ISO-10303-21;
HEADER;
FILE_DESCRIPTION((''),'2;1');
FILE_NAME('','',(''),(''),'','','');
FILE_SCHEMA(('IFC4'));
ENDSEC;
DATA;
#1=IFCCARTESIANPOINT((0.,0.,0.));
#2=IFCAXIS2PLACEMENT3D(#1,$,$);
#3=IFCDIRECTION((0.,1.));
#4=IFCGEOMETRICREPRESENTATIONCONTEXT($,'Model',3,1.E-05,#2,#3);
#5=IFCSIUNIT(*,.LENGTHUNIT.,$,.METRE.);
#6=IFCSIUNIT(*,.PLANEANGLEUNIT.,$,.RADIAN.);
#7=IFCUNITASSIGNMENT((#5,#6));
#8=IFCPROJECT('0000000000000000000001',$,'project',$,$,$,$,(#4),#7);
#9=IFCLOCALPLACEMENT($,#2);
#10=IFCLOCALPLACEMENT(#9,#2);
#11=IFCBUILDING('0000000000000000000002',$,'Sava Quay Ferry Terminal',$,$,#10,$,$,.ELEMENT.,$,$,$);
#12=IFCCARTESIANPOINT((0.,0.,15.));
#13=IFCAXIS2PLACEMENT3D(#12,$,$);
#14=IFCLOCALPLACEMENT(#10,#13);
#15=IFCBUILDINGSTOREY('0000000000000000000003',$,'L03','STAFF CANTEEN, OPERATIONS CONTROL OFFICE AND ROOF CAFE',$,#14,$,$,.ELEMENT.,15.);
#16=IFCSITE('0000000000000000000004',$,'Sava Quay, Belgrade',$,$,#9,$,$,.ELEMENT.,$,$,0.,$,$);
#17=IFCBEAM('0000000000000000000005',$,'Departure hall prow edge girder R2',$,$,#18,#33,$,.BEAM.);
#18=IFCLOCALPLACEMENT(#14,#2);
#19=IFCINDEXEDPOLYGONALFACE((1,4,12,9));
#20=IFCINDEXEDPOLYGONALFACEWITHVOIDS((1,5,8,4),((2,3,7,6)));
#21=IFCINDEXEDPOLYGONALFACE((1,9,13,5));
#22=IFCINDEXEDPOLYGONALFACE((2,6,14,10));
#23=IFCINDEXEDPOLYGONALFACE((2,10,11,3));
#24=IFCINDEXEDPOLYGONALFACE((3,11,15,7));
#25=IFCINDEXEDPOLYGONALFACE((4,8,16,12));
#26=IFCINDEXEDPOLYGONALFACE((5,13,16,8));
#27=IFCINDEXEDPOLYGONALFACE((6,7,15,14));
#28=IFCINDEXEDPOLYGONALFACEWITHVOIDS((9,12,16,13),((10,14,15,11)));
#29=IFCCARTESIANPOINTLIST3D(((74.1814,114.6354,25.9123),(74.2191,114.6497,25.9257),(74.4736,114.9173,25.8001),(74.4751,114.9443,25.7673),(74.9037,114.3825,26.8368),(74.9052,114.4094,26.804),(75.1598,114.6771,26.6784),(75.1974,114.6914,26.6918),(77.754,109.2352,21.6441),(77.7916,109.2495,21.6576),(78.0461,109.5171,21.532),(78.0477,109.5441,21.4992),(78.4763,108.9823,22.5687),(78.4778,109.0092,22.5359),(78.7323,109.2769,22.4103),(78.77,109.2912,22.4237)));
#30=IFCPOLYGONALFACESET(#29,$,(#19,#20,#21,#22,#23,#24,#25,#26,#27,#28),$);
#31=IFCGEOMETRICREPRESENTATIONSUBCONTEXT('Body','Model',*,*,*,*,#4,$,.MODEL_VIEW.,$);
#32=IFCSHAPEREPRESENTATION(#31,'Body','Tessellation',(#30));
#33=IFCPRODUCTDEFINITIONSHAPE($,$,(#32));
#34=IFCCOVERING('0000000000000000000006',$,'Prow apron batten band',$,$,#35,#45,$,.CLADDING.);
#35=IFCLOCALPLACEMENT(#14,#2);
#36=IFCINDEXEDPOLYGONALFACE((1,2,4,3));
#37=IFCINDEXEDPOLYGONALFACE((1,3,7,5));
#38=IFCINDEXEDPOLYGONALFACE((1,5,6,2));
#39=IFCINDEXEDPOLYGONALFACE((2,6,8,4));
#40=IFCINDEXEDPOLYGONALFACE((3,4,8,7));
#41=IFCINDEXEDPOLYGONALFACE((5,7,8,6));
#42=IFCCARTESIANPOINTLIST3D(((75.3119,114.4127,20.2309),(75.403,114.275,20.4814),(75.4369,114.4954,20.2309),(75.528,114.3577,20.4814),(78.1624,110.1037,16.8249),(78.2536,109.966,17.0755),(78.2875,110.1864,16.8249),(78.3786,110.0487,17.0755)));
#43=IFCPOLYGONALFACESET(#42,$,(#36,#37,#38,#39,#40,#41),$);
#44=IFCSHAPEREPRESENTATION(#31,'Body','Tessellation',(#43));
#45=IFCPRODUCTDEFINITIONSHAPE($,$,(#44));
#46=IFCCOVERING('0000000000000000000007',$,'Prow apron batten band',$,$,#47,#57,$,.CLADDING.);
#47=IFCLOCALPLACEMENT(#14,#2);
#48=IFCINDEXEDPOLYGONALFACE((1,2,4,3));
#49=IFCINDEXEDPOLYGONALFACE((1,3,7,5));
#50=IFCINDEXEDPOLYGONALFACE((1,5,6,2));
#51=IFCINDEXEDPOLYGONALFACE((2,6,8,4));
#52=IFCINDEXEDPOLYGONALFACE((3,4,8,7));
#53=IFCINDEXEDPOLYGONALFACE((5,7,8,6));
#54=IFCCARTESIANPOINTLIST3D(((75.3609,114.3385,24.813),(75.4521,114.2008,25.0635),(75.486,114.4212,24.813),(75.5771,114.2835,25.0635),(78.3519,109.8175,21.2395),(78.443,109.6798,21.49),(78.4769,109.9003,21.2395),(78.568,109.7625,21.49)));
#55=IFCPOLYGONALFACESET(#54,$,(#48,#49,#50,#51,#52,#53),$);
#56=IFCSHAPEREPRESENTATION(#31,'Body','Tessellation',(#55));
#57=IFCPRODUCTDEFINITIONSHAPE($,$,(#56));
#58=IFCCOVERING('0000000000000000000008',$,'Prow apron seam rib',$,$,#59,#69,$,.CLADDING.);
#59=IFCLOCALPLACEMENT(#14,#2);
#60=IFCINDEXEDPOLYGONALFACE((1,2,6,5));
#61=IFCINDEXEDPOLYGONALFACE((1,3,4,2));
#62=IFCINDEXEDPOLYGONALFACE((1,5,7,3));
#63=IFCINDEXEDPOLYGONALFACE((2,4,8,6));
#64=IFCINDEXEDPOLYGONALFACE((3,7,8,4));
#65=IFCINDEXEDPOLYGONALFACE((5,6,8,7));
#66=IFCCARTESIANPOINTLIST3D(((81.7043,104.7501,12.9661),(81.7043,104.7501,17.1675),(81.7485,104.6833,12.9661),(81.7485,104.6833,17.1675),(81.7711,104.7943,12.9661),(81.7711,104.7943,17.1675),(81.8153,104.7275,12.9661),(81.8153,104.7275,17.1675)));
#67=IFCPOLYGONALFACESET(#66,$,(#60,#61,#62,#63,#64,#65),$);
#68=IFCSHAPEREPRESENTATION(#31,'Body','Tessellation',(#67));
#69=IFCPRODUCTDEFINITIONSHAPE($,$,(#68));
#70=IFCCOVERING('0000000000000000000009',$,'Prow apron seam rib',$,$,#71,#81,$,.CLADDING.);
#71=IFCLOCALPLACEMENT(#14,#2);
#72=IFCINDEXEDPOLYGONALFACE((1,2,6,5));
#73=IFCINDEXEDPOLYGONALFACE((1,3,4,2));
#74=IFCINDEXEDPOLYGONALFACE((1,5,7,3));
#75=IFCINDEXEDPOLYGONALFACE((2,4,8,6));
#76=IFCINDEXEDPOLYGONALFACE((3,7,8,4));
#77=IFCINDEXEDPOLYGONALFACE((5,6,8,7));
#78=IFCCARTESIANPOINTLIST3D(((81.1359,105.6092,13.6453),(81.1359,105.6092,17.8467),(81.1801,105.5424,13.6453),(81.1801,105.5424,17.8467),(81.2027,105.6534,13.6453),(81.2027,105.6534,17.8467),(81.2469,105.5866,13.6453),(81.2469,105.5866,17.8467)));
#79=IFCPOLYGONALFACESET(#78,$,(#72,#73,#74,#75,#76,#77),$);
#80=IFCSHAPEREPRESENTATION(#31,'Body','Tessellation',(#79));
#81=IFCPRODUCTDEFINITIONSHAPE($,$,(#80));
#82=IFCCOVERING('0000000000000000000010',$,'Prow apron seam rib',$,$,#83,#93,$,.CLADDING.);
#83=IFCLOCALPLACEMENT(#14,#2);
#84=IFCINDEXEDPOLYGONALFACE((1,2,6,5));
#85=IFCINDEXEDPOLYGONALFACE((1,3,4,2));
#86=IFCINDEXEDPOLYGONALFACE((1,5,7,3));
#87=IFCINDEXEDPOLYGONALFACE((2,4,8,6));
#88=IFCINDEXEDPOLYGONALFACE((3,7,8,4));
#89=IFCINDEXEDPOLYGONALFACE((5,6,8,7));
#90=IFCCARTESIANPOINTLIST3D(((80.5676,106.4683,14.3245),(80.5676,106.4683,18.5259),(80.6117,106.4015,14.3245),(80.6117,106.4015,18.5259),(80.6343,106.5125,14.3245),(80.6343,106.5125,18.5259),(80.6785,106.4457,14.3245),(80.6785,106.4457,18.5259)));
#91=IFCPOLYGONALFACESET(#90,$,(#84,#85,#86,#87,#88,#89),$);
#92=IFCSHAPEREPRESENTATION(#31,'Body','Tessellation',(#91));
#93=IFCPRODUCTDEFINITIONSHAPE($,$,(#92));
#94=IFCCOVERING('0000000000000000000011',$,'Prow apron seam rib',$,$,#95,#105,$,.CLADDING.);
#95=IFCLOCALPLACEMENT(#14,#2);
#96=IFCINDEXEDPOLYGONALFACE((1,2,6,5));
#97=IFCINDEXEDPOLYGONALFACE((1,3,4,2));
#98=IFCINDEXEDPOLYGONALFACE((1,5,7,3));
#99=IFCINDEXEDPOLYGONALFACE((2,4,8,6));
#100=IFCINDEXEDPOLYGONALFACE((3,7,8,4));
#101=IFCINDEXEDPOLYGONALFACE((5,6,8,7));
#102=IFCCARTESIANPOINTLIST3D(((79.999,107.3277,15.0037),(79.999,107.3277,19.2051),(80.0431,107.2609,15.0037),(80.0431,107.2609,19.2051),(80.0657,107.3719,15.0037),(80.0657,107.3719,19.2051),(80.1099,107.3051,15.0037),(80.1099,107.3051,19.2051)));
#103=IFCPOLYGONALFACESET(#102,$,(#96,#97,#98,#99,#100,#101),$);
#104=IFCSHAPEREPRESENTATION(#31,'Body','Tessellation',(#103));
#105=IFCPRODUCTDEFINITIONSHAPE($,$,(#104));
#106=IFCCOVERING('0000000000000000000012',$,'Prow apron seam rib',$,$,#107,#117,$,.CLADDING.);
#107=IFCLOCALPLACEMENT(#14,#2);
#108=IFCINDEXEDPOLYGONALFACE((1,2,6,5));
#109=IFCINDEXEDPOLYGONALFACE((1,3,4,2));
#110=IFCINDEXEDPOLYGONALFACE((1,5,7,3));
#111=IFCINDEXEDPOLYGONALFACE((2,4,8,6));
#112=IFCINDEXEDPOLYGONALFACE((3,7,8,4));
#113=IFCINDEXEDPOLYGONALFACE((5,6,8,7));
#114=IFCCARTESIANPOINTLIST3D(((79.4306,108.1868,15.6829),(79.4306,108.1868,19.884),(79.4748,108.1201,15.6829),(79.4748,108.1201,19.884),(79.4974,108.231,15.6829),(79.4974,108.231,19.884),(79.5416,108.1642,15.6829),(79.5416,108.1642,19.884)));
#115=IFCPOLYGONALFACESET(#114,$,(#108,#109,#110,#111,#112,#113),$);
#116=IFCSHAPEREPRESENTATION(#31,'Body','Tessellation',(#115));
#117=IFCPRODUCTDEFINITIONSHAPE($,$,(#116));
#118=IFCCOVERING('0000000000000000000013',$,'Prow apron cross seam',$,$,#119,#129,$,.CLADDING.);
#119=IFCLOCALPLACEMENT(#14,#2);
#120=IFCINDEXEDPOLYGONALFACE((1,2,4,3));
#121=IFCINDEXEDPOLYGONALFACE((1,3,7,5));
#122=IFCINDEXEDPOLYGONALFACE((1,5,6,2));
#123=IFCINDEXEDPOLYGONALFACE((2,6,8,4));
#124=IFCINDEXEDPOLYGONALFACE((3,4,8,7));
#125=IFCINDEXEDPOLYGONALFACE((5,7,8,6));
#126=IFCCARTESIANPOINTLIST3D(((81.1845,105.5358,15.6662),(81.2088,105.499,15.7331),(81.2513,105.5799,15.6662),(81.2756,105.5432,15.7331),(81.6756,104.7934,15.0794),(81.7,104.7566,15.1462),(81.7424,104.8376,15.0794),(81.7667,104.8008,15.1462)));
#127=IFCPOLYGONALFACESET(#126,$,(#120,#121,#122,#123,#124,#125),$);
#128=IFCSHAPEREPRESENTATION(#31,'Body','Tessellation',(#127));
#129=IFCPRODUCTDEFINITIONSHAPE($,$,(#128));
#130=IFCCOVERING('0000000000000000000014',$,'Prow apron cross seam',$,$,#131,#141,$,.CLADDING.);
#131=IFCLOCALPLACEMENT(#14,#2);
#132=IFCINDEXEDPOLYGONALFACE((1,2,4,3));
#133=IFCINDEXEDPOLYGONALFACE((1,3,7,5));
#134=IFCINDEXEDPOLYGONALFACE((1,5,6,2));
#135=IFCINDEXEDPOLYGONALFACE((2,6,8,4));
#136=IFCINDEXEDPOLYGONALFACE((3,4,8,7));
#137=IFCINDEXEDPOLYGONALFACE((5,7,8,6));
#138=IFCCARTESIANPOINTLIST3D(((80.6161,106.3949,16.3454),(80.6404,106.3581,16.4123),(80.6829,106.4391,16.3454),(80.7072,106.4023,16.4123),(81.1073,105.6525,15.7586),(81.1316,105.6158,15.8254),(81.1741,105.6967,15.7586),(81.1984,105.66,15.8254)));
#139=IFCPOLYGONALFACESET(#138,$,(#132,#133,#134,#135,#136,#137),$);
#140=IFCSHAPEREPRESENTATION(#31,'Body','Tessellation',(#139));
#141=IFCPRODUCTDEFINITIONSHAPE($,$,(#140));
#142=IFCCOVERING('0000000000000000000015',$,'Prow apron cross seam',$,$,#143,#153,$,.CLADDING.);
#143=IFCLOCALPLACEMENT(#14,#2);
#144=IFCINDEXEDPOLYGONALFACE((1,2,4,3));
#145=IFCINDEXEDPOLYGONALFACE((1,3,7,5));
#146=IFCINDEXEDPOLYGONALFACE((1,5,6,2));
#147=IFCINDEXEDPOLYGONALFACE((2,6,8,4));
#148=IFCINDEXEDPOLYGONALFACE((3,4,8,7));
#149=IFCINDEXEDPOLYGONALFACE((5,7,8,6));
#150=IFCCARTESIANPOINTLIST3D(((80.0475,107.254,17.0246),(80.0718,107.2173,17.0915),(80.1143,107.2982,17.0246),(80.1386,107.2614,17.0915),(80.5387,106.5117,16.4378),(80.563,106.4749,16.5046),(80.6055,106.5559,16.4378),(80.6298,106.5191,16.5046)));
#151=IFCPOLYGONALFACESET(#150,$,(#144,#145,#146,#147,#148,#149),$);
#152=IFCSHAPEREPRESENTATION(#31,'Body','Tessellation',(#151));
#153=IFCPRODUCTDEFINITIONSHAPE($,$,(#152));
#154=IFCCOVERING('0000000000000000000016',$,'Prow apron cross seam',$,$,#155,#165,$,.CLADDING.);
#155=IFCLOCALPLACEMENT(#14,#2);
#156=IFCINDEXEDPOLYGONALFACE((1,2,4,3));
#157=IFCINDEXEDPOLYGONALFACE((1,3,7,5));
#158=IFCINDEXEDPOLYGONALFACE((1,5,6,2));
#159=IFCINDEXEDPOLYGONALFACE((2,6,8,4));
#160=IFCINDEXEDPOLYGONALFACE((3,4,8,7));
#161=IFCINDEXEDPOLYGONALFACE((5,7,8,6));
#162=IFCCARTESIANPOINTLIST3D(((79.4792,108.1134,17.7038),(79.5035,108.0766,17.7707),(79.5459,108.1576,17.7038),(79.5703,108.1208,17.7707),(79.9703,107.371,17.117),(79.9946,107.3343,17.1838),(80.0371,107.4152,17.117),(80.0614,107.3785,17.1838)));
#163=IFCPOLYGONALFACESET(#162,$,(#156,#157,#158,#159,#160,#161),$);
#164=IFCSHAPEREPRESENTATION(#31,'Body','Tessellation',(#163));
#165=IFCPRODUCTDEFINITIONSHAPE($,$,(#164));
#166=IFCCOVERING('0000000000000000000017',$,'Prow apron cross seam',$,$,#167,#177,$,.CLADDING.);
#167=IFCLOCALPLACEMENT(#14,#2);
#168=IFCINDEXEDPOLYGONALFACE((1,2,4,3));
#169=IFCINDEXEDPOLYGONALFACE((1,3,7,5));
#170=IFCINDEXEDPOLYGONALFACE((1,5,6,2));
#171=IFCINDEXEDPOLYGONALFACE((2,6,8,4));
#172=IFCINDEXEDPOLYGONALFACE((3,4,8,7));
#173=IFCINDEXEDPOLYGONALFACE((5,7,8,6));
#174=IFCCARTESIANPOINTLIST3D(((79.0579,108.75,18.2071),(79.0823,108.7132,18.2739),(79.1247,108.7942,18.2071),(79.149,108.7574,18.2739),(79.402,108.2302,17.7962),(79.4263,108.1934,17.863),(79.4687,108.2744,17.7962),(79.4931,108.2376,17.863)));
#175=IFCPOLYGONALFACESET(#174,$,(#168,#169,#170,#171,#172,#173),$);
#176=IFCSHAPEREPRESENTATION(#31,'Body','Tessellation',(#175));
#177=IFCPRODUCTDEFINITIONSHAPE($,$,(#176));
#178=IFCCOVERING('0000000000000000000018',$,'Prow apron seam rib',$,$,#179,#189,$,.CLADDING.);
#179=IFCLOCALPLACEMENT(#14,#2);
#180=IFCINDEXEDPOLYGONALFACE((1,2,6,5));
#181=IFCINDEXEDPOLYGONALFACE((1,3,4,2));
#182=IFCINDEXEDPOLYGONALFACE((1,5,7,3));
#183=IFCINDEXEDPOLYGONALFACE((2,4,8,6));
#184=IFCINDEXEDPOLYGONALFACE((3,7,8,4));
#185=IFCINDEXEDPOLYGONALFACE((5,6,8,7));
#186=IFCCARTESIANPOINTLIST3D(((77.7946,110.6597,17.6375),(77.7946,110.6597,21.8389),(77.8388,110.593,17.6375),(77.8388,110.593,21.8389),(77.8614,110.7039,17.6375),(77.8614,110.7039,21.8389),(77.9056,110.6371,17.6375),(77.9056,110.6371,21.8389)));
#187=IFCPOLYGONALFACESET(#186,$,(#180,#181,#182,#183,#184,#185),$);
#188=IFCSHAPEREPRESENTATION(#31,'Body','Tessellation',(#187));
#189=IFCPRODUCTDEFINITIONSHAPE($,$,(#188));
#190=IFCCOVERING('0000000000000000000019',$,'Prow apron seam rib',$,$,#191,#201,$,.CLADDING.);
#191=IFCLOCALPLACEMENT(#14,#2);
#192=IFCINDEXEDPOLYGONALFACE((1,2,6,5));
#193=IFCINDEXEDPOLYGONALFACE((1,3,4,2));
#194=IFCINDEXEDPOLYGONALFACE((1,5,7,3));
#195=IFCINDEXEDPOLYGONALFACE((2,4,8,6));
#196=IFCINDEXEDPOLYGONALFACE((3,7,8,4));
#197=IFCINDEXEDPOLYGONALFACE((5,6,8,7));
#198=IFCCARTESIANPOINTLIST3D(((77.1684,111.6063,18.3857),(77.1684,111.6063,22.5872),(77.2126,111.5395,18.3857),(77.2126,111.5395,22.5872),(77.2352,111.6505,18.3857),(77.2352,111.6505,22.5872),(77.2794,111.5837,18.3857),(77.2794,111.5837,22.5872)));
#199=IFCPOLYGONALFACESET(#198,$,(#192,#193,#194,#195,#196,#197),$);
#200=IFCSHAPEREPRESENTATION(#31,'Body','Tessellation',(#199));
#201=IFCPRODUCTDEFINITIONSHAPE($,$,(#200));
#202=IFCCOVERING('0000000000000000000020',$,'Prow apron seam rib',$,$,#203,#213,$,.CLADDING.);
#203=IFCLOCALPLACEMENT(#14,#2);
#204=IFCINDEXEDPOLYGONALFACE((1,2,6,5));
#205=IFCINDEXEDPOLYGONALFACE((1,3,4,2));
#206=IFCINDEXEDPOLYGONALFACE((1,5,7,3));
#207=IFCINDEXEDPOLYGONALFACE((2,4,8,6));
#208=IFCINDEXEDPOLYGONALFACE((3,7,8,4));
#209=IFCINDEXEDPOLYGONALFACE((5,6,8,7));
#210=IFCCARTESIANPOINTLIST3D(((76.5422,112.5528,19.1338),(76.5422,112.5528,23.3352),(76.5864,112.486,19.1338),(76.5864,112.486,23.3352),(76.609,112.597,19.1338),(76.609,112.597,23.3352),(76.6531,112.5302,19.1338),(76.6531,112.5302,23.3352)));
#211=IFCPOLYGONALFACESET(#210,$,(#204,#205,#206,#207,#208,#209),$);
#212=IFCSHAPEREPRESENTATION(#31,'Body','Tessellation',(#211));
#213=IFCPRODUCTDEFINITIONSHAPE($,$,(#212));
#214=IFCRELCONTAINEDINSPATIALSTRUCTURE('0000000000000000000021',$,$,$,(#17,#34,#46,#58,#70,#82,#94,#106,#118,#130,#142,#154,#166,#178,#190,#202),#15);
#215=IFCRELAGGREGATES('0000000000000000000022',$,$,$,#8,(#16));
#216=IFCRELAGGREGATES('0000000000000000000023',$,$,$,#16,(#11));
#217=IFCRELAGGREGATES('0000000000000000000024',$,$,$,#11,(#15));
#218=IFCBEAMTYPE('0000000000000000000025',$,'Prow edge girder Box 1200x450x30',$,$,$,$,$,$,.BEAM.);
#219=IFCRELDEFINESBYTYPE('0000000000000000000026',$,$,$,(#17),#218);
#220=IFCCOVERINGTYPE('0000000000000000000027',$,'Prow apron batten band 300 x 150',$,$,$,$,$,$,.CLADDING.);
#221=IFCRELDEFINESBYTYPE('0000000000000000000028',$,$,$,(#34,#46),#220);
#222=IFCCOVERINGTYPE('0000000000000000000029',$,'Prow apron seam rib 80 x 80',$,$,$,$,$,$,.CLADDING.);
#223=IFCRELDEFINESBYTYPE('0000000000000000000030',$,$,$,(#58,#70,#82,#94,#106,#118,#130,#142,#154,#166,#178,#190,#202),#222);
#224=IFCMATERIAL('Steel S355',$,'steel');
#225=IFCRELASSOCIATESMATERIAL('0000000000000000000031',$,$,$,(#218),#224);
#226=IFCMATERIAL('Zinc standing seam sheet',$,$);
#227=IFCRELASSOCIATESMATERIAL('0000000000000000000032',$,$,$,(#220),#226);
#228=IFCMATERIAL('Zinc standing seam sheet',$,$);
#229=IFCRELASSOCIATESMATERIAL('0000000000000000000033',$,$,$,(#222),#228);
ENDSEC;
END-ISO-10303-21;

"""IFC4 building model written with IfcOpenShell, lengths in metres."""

from ifc_helpers import new_model, si_unit, direction, frame, origin, origin_2d, place, context, subcontext, project, spatial, polyline, rectangle, outline, extrude, material, material_profile, profile_set, type_object, element, save


model = new_model("IFC4")

# Units and contexts
model_context = context("Model", 3, precision=1e-05, world=origin(), true_north=direction((0.0, 1.0)))
body_context = subcontext(model_context, "Body", "Model", "MODEL_VIEW")
ifc_project = project(units=[si_unit("LENGTHUNIT", "METRE"), si_unit("PLANEANGLEUNIT", "RADIAN")], contexts=[model_context])

# Site, building, storey
site_placement = place(None, origin())
site = spatial("IfcSite", under=ifc_project, at=site_placement, Name="Sava Quay, Belgrade", CompositionType="ELEMENT", RefElevation=0.0)
building_placement = place(site_placement, origin())
building = spatial("IfcBuilding", under=site, at=building_placement, Name="Sava Quay Ferry Terminal", CompositionType="ELEMENT")
storey_placement = place(building_placement, frame((0.0, 0.0, 15.0)))
storey = spatial("IfcBuildingStorey", under=building, at=storey_placement, Name="L03", Description="STAFF CANTEEN, OPERATIONS CONTROL OFFICE AND ROOF CAFE", CompositionType="ELEMENT", Elevation=15.0)

# Beam
ifc_material_1 = material(Name="Steel S355", Category="steel")
ifc_material_profile_1 = material_profile(ifc_material_1, outline(polyline([(-0.2251, -0.6001), (0.2251, -0.6001), (0.2251, 0.6001), (-0.2251, 0.6001), (-0.2251, -0.6001)]), holes=[polyline([(-0.1951, -0.5701), (-0.1951, 0.5701), (0.1951, 0.5701), (0.1951, -0.5701), (-0.1951, -0.5701)])]), Name="Box 1200x450x30 built-up")
ifc_profile_set_1 = profile_set([ifc_material_profile_1], Name="Steel S355")
beam_type = type_object("IfcBeamType", Name="Prow edge girder Box 1200x450x30", PredefinedType="BEAM", material=ifc_profile_set_1)
beam_placement = place(storey_placement, frame((78.262, 109.2632, 22.0339), z_axis=(-0.460669, 0.696339, 0.55036), x_axis=(-0.652372, -0.686089, 0.322013)))
element("IfcBeam", 1, at=beam_placement, inside=storey, type_object=beam_type, Name="Departure hall prow edge girder R2", PredefinedType="BEAM", context=body_context, shape_type="SweptSolid", body=[
    extrude(outline(polyline([(-0.2251, -0.6001), (0.2251, -0.6001), (0.2251, 0.6001), (-0.2251, 0.6001), (-0.2251, -0.6001)]), holes=[polyline([(-0.1951, -0.5701), (-0.1951, 0.5701), (0.1951, 0.5701), (0.1951, -0.5701), (-0.1951, -0.5701)])]), origin(), (0.0, 0.0, 1.0), 7.7551),
])

# Coverings
ifc_material_2 = material(Name="Zinc standing seam sheet")
ifc_material_profile_2 = material_profile(ifc_material_2, rectangle(XDim=0.3, YDim=0.1499, at=origin_2d()), Name="Strip 300 x 150")
ifc_profile_set_2 = profile_set([ifc_material_profile_2], Name="Zinc standing seam sheet")
covering_type_1 = type_object("IfcCoveringType", Name="Prow apron batten band 300 x 150", PredefinedType="CLADDING", material=ifc_profile_set_2)
covering_1_placement = place(storey_placement, frame((78.2705, 110.0762, 16.9502), z_axis=(-0.460642, 0.696329, 0.550396), x_axis=(0.30367, -0.459042, 0.834904)))
element("IfcCovering", 2, at=covering_1_placement, inside=storey, type_object=covering_type_1, Name="Prow apron batten band", PredefinedType="CLADDING", context=body_context, shape_type="SweptSolid", body=[
    extrude(rectangle(XDim=0.3, YDim=0.1499, at=origin_2d()), origin(), (0.0, 0.0, 1.0), 6.1882),
])
covering_2_placement = place(storey_placement, frame((78.46, 109.79, 21.3647), z_axis=(-0.460666, 0.69632, 0.550386), x_axis=(0.303678, -0.459025, 0.834911)))
element("IfcCovering", 3, at=covering_2_placement, inside=storey, type_object=covering_type_1, Name="Prow apron batten band", PredefinedType="CLADDING", context=body_context, shape_type="SweptSolid", body=[
    extrude(rectangle(XDim=0.3, YDim=0.1499, at=origin_2d()), origin(), (0.0, 0.0, 1.0), 6.4927),
])
ifc_material_3 = material(Name="Zinc standing seam sheet")
ifc_material_profile_3 = material_profile(ifc_material_3, rectangle(XDim=0.0801, YDim=0.0801, at=origin_2d()), Name="Strip 80 x 80")
ifc_profile_set_3 = profile_set([ifc_material_profile_3], Name="Zinc standing seam sheet")
covering_type_2 = type_object("IfcCoveringType", Name="Prow apron seam rib 80 x 80", PredefinedType="CLADDING", material=ifc_profile_set_3)
for number, where, z_axis, x_axis, name in (
    (4, (81.7598, 104.7388, 12.9661), (0.0, 0.0, 1.0), (0.551771, -0.833996, 0.0), "Prow apron seam rib"),
    (5, (81.1914, 105.5979, 13.6453), (0.0, 0.0, 1.0), (0.551771, -0.833996, 0.0), "Prow apron seam rib"),
    (6, (80.623, 106.457, 14.3245), (0.0, 0.0, 1.0), (0.551771, -0.833996, 0.0), "Prow apron seam rib"),
    (7, (80.0544, 107.3164, 15.0037), (0.0, 0.0, 1.0), (0.551771, -0.833996, 0.0), "Prow apron seam rib"),
):
    element("IfcCovering", number, at=place(storey_placement, frame(where, z_axis=z_axis, x_axis=x_axis)), inside=storey, type_object=covering_type_2, Name=name, PredefinedType="CLADDING", context=body_context, shape_type="SweptSolid", body=[
        extrude(rectangle(XDim=0.0801, YDim=0.0801, at=origin_2d()), origin(), (0.0, 0.0, 1.0), 4.2014),
    ])
covering_3_placement = place(storey_placement, frame((79.4861, 108.1755, 15.6829), z_axis=(0.0, 0.0, 1.0), x_axis=(0.551771, -0.833996, 0.0)))
element("IfcCovering", 8, at=covering_3_placement, inside=storey, type_object=covering_type_2, Name="Prow apron seam rib", PredefinedType="CLADDING", context=body_context, shape_type="SweptSolid", body=[
    extrude(rectangle(XDim=0.0801, YDim=0.0801, at=origin_2d()), origin(), (0.0, 0.0, 1.0), 4.2012),
])
for number, where, z_axis, x_axis, name in (
    (9, (81.7212, 104.7971, 15.1128), (-0.460676, 0.69628, 0.55043), (0.303719, -0.459051, 0.834882), "Prow apron cross seam"),
    (10, (81.1528, 105.6562, 15.792), (-0.460676, 0.69628, 0.55043), (0.303719, -0.459051, 0.834882), "Prow apron cross seam"),
    (11, (80.5842, 106.5154, 16.4712), (-0.460676, 0.69628, 0.55043), (0.303719, -0.459051, 0.834882), "Prow apron cross seam"),
    (12, (80.0159, 107.3748, 17.1504), (-0.460676, 0.69628, 0.55043), (0.303719, -0.459051, 0.834882), "Prow apron cross seam"),
):
    element("IfcCovering", number, at=place(storey_placement, frame(where, z_axis=z_axis, x_axis=x_axis)), inside=storey, type_object=covering_type_2, Name=name, PredefinedType="CLADDING", context=body_context, shape_type="SweptSolid", body=[
        extrude(rectangle(XDim=0.0801, YDim=0.0801, at=origin_2d()), origin(), (0.0, 0.0, 1.0), 1.0662),
    ])
covering_4_placement = place(storey_placement, frame((79.4475, 108.2339, 17.8296), z_axis=(-0.460782, 0.696242, 0.550388), x_axis=(0.303756, -0.458976, 0.834909)))
element("IfcCovering", 13, at=covering_4_placement, inside=storey, type_object=covering_type_2, Name="Prow apron cross seam", PredefinedType="CLADDING", context=body_context, shape_type="SweptSolid", body=[
    extrude(rectangle(XDim=0.0801, YDim=0.0801, at=origin_2d()), origin(), (0.0, 0.0, 1.0), 0.7466),
])
for number, where, z_axis, x_axis, name in (
    (14, (77.8501, 110.6484, 17.6375), (0.0, 0.0, 1.0), (0.551747, -0.834012, 0.0), "Prow apron seam rib"),
    (15, (77.2239, 111.595, 18.3857), (0.0, 0.0, 1.0), (0.551747, -0.834012, 0.0), "Prow apron seam rib"),
    (16, (76.5977, 112.5415, 19.1338), (0.0, 0.0, 1.0), (0.551747, -0.834012, 0.0), "Prow apron seam rib"),
):
    element("IfcCovering", number, at=place(storey_placement, frame(where, z_axis=z_axis, x_axis=x_axis)), inside=storey, type_object=covering_type_2, Name=name, PredefinedType="CLADDING", context=body_context, shape_type="SweptSolid", body=[
        extrude(rectangle(XDim=0.0801, YDim=0.0801, at=origin_2d()), origin(), (0.0, 0.0, 1.0), 4.2014),
    ])

save(model, "model.ifc")
